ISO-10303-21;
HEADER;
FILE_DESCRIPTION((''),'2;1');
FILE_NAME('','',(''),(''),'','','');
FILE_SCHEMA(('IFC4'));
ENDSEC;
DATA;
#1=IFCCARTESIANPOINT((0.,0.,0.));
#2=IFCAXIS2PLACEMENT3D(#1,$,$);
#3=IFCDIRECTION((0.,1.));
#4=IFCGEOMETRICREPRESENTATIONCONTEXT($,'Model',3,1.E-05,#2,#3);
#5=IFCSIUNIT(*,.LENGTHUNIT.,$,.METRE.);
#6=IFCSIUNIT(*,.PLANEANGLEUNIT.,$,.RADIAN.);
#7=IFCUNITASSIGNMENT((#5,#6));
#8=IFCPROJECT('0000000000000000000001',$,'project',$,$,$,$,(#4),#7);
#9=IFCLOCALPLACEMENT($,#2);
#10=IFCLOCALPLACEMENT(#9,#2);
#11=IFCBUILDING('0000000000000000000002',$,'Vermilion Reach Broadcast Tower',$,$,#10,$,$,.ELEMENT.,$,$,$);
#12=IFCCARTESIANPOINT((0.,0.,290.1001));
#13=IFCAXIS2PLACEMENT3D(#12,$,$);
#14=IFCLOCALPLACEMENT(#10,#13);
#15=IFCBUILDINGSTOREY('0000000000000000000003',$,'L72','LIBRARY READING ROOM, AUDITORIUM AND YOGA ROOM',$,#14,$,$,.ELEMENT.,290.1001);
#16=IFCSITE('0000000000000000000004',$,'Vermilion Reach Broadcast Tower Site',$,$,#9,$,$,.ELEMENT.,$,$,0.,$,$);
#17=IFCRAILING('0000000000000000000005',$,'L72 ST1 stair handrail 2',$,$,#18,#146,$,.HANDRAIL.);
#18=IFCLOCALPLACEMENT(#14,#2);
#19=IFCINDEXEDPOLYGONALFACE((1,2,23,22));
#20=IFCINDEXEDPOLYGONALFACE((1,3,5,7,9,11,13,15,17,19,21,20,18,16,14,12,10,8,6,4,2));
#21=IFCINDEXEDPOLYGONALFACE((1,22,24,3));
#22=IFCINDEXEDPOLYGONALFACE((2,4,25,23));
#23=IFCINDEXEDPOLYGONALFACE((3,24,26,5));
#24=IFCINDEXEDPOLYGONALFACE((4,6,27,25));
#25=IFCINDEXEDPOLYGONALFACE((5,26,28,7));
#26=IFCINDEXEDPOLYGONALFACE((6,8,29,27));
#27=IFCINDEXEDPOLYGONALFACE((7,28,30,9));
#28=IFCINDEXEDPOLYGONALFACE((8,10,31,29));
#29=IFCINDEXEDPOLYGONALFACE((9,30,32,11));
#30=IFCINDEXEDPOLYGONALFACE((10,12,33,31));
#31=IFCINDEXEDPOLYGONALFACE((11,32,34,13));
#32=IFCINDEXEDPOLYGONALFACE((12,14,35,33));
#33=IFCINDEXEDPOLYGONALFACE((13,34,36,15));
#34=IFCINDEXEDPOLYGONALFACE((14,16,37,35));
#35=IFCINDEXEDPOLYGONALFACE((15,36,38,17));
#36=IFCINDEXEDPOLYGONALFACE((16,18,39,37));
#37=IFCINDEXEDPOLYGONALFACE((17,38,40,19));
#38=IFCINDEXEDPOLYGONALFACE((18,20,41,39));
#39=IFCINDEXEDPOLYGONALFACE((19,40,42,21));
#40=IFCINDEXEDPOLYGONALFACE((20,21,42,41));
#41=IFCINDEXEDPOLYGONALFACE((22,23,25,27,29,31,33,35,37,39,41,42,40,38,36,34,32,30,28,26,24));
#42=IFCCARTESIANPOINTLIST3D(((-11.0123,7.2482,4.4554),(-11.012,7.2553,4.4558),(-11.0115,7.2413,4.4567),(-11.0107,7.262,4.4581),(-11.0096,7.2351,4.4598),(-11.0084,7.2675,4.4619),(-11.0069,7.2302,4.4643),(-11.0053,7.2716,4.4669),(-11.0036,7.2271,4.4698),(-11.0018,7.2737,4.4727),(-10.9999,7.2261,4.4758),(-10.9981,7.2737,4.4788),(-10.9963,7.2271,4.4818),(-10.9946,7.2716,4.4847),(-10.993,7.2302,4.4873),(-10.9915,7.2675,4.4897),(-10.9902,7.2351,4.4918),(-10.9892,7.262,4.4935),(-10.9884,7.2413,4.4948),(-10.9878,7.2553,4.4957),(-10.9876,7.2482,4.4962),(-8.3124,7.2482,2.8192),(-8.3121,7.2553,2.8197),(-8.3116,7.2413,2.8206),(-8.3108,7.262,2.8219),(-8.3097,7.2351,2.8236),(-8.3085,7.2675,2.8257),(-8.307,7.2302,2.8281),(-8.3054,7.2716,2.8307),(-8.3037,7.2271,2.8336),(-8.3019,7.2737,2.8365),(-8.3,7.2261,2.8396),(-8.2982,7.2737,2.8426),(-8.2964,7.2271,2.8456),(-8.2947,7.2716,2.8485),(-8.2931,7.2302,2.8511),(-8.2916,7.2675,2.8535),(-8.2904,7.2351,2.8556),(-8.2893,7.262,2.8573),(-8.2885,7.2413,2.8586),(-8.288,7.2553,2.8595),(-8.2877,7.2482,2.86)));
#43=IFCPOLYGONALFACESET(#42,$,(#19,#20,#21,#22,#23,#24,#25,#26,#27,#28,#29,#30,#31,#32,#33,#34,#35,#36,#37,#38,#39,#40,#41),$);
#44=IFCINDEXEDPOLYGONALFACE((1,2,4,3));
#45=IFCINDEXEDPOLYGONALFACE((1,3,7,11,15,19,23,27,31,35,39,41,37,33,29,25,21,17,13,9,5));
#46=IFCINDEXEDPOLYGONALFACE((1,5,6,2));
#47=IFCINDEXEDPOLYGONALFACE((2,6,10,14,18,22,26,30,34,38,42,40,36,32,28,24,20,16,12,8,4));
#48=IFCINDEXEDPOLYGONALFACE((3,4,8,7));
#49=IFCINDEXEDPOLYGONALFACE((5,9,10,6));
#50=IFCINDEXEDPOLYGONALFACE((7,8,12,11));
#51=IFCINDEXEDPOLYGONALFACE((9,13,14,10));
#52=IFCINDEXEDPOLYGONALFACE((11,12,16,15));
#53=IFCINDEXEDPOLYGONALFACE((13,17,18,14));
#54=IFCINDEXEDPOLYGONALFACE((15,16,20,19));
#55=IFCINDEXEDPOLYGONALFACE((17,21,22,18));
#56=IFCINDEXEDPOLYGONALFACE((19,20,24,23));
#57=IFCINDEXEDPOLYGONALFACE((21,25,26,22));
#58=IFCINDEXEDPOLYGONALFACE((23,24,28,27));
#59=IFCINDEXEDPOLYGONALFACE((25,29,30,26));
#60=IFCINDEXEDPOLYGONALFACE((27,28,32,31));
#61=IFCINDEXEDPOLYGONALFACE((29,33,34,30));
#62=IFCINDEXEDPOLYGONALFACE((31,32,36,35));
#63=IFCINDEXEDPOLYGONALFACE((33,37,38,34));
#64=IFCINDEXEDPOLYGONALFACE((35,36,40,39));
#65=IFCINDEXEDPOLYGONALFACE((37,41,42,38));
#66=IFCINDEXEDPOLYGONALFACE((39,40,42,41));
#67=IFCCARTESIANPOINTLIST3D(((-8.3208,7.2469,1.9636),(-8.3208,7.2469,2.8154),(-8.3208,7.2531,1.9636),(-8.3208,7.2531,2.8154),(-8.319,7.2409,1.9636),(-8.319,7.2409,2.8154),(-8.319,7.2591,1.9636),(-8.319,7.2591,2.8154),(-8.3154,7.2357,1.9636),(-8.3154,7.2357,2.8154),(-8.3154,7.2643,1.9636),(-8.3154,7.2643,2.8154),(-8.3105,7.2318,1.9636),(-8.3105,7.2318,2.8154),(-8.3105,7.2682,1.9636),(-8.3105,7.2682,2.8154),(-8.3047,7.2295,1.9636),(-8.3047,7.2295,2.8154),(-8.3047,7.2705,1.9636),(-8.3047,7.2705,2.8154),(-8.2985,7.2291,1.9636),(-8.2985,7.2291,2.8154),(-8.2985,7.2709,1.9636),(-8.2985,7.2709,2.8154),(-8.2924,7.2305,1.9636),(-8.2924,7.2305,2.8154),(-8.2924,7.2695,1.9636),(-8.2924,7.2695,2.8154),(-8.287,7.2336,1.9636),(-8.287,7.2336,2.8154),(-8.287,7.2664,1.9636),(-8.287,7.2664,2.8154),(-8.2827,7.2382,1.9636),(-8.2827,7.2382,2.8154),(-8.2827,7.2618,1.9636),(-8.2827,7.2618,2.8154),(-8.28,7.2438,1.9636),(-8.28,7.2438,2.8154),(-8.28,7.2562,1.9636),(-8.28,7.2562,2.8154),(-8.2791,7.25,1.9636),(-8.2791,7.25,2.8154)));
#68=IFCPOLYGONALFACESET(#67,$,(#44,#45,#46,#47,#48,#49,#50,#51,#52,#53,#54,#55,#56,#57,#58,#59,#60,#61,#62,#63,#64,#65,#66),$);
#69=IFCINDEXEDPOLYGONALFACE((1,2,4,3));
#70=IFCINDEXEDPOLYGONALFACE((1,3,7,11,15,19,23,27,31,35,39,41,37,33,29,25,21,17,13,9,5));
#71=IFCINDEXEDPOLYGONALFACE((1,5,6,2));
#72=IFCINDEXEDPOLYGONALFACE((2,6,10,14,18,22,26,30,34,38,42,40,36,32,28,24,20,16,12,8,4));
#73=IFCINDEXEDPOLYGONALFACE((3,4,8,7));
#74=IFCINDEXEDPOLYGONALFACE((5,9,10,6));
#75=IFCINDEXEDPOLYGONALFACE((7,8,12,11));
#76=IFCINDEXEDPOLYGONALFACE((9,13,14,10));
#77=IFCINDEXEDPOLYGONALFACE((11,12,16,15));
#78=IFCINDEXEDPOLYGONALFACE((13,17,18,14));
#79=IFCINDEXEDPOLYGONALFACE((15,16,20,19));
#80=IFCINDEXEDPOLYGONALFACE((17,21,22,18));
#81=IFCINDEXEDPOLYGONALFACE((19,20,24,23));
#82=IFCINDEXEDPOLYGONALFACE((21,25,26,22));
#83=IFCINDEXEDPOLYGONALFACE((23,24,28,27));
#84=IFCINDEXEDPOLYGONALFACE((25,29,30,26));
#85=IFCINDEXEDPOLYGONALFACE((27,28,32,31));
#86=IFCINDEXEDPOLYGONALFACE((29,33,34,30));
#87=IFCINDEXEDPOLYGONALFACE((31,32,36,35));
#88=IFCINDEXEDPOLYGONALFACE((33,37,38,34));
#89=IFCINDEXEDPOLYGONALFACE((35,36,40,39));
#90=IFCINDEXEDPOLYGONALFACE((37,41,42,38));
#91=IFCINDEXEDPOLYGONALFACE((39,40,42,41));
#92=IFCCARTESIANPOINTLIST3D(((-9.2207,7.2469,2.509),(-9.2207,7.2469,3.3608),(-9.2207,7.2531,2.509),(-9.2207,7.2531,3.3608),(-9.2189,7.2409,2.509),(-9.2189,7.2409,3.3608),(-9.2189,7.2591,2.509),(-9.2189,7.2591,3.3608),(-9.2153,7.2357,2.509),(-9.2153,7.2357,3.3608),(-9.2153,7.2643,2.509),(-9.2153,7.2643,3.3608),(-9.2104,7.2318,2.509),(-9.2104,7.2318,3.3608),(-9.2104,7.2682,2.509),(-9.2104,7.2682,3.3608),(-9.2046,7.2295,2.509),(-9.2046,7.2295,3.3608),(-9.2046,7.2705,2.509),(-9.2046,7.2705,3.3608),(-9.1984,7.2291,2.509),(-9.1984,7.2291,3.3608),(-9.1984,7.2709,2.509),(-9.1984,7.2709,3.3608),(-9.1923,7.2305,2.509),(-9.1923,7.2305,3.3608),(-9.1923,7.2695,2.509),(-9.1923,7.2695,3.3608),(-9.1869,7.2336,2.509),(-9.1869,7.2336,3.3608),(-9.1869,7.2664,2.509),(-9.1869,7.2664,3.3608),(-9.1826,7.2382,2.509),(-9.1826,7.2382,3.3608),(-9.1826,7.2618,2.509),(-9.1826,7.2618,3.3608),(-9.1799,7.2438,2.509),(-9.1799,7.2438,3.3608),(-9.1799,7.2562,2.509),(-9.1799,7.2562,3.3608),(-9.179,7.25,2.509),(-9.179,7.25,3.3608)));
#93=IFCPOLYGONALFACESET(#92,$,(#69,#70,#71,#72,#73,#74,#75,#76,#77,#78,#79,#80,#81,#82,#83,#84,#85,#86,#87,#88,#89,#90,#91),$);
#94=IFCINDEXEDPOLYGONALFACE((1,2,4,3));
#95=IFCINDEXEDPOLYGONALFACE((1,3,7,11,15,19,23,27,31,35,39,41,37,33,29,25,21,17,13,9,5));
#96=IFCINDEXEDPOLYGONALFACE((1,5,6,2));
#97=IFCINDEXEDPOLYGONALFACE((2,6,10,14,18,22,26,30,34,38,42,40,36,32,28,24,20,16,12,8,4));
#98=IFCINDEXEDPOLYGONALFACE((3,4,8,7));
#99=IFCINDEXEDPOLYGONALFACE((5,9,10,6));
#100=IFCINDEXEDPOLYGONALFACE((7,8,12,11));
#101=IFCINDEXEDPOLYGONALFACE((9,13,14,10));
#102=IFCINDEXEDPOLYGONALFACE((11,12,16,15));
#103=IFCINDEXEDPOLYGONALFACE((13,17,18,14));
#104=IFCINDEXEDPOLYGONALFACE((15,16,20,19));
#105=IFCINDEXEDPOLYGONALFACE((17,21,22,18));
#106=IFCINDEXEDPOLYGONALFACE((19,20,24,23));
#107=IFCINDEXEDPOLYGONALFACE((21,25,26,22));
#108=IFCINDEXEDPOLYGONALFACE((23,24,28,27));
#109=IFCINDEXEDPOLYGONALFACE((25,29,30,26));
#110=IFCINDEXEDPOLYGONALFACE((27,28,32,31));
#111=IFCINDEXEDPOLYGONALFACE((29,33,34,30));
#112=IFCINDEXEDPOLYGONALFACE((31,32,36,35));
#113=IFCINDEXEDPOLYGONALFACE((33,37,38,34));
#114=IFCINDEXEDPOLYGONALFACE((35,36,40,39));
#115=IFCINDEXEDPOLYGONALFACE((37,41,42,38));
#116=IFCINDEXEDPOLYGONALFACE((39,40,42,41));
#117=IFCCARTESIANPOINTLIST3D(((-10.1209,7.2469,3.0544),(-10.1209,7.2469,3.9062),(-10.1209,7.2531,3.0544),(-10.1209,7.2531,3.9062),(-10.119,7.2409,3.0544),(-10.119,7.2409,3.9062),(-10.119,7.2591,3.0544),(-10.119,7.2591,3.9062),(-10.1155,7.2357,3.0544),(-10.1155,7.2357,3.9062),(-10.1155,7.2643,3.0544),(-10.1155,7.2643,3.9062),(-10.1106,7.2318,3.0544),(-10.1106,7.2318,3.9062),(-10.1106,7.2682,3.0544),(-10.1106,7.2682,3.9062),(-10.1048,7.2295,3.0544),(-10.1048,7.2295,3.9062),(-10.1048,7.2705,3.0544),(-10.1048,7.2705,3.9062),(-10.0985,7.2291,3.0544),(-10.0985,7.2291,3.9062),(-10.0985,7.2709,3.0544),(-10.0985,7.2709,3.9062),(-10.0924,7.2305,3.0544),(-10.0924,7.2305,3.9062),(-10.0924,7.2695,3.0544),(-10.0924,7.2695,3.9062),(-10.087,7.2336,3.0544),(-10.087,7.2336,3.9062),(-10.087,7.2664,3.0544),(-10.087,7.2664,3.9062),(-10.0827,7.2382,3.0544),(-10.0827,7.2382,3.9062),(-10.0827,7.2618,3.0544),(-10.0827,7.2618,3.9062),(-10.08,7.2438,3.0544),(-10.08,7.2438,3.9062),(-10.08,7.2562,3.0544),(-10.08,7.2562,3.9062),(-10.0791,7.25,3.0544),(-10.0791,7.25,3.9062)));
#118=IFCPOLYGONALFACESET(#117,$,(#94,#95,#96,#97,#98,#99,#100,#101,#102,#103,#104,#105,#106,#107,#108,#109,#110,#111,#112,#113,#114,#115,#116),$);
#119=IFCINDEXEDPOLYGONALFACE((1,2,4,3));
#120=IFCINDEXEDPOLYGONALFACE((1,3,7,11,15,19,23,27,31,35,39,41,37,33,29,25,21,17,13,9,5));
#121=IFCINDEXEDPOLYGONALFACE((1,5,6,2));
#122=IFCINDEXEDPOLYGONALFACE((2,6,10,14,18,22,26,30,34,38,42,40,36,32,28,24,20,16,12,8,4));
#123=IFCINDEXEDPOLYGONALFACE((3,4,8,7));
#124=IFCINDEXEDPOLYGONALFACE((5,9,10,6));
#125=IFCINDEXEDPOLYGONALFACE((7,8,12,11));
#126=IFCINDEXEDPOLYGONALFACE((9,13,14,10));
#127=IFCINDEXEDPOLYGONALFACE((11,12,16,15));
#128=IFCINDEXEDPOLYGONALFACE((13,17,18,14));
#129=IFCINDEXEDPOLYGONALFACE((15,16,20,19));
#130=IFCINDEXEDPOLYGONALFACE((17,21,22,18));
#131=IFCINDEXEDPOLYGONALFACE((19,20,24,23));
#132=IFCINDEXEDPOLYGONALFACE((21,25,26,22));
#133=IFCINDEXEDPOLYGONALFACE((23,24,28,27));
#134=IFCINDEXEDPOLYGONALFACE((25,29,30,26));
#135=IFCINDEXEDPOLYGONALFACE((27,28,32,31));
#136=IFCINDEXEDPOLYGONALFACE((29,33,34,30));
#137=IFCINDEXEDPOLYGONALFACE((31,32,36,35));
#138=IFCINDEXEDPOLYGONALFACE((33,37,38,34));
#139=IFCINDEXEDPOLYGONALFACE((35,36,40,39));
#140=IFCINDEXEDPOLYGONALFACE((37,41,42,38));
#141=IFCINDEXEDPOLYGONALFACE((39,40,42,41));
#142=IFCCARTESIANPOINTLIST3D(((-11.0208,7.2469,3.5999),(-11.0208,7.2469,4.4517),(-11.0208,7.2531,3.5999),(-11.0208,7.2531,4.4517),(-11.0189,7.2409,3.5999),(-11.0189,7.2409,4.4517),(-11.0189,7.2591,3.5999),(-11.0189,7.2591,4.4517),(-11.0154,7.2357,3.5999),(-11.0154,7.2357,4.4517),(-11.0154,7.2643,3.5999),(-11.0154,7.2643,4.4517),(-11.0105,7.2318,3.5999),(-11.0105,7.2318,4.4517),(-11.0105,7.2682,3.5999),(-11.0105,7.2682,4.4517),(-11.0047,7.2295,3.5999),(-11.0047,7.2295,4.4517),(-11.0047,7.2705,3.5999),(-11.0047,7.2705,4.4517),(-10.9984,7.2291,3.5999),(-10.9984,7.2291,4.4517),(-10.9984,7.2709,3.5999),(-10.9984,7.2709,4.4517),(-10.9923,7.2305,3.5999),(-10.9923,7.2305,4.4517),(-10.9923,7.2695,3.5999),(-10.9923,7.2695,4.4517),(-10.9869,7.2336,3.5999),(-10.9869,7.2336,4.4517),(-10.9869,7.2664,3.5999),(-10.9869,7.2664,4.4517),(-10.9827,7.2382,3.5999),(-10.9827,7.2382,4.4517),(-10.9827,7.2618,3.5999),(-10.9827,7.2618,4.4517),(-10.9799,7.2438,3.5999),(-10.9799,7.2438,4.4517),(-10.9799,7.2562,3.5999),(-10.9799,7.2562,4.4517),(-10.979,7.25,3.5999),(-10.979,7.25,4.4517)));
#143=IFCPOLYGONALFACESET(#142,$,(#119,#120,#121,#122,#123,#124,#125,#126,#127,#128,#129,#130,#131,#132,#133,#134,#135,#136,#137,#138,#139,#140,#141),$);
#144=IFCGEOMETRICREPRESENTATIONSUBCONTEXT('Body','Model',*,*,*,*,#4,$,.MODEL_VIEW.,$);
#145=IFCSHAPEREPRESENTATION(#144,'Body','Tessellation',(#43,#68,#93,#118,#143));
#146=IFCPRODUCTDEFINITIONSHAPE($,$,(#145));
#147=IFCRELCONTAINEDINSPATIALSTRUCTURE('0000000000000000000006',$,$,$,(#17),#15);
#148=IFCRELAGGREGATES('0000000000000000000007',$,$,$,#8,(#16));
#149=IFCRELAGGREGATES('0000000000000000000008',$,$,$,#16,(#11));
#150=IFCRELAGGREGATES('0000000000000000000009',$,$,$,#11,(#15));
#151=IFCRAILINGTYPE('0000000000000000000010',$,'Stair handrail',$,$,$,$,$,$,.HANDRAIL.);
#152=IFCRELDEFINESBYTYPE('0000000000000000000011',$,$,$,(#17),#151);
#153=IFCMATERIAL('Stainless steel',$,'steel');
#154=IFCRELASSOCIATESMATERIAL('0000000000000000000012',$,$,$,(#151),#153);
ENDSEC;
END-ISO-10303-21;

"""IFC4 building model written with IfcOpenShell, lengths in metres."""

from ifc_helpers import new_model, si_unit, direction, frame, origin, origin_2d, place, context, subcontext, project, spatial, circle, extrude, material, type_object, element, save


model = new_model("IFC4")

# Units and contexts
model_context = context("Model", 3, precision=1e-05, world=origin(), true_north=direction((0.0, 1.0)))
body_context = subcontext(model_context, "Body", "Model", "MODEL_VIEW")
ifc_project = project(units=[si_unit("LENGTHUNIT", "METRE"), si_unit("PLANEANGLEUNIT", "RADIAN")], contexts=[model_context])

# Site, building, storey
site_placement = place(None, origin())
site = spatial("IfcSite", under=ifc_project, at=site_placement, Name="Vermilion Reach Broadcast Tower Site", CompositionType="ELEMENT", RefElevation=0.0)
building_placement = place(site_placement, origin())
building = spatial("IfcBuilding", under=site, at=building_placement, Name="Vermilion Reach Broadcast Tower", CompositionType="ELEMENT")
storey_placement = place(building_placement, frame((0.0, 0.0, 290.1001)))
storey = spatial("IfcBuildingStorey", under=building, at=storey_placement, Name="L72", Description="LIBRARY READING ROOM, AUDITORIUM AND YOGA ROOM", CompositionType="ELEMENT", Elevation=290.1001)

# Railing
ifc_material_1 = material(Name="Stainless steel", Category="steel")
railing_type_1 = type_object("IfcRailingType", Name="Stair handrail", PredefinedType="HANDRAIL", material=ifc_material_1)
railing_1_placement = place(storey_placement, frame((-8.3, 7.25, 1.9636)))
element("IfcRailing", 1, at=railing_1_placement, inside=storey, type_object=railing_type_1, Name="L72 ST1 stair handrail 2", PredefinedType="HANDRAIL", context=body_context, shape_type="SweptSolid", body=[
    extrude(circle(Radius=0.0239, at=origin_2d()), frame((0.0, 0.0, 0.876), z_axis=(-0.855212, 0.0, 0.518278), x_axis=(0.0, -1.0, 0.0)), (0.0, 0.0, 1.0), 3.157),
    extrude(circle(Radius=0.021, at=origin_2d()), origin(), (0.0, 0.0, 1.0), 0.8518),
    extrude(circle(Radius=0.021, at=origin_2d()), frame((-0.8999, 0.0, 0.5454)), (0.0, 0.0, 1.0), 0.8518),
    extrude(circle(Radius=0.021, at=origin_2d()), frame((-1.8, 0.0, 1.0908)), (0.0, 0.0, 1.0), 0.8518),
    extrude(circle(Radius=0.021, at=origin_2d()), frame((-2.7, 0.0, 1.6362)), (0.0, 0.0, 1.0), 0.8518),
])

save(model, "model.ifc")
